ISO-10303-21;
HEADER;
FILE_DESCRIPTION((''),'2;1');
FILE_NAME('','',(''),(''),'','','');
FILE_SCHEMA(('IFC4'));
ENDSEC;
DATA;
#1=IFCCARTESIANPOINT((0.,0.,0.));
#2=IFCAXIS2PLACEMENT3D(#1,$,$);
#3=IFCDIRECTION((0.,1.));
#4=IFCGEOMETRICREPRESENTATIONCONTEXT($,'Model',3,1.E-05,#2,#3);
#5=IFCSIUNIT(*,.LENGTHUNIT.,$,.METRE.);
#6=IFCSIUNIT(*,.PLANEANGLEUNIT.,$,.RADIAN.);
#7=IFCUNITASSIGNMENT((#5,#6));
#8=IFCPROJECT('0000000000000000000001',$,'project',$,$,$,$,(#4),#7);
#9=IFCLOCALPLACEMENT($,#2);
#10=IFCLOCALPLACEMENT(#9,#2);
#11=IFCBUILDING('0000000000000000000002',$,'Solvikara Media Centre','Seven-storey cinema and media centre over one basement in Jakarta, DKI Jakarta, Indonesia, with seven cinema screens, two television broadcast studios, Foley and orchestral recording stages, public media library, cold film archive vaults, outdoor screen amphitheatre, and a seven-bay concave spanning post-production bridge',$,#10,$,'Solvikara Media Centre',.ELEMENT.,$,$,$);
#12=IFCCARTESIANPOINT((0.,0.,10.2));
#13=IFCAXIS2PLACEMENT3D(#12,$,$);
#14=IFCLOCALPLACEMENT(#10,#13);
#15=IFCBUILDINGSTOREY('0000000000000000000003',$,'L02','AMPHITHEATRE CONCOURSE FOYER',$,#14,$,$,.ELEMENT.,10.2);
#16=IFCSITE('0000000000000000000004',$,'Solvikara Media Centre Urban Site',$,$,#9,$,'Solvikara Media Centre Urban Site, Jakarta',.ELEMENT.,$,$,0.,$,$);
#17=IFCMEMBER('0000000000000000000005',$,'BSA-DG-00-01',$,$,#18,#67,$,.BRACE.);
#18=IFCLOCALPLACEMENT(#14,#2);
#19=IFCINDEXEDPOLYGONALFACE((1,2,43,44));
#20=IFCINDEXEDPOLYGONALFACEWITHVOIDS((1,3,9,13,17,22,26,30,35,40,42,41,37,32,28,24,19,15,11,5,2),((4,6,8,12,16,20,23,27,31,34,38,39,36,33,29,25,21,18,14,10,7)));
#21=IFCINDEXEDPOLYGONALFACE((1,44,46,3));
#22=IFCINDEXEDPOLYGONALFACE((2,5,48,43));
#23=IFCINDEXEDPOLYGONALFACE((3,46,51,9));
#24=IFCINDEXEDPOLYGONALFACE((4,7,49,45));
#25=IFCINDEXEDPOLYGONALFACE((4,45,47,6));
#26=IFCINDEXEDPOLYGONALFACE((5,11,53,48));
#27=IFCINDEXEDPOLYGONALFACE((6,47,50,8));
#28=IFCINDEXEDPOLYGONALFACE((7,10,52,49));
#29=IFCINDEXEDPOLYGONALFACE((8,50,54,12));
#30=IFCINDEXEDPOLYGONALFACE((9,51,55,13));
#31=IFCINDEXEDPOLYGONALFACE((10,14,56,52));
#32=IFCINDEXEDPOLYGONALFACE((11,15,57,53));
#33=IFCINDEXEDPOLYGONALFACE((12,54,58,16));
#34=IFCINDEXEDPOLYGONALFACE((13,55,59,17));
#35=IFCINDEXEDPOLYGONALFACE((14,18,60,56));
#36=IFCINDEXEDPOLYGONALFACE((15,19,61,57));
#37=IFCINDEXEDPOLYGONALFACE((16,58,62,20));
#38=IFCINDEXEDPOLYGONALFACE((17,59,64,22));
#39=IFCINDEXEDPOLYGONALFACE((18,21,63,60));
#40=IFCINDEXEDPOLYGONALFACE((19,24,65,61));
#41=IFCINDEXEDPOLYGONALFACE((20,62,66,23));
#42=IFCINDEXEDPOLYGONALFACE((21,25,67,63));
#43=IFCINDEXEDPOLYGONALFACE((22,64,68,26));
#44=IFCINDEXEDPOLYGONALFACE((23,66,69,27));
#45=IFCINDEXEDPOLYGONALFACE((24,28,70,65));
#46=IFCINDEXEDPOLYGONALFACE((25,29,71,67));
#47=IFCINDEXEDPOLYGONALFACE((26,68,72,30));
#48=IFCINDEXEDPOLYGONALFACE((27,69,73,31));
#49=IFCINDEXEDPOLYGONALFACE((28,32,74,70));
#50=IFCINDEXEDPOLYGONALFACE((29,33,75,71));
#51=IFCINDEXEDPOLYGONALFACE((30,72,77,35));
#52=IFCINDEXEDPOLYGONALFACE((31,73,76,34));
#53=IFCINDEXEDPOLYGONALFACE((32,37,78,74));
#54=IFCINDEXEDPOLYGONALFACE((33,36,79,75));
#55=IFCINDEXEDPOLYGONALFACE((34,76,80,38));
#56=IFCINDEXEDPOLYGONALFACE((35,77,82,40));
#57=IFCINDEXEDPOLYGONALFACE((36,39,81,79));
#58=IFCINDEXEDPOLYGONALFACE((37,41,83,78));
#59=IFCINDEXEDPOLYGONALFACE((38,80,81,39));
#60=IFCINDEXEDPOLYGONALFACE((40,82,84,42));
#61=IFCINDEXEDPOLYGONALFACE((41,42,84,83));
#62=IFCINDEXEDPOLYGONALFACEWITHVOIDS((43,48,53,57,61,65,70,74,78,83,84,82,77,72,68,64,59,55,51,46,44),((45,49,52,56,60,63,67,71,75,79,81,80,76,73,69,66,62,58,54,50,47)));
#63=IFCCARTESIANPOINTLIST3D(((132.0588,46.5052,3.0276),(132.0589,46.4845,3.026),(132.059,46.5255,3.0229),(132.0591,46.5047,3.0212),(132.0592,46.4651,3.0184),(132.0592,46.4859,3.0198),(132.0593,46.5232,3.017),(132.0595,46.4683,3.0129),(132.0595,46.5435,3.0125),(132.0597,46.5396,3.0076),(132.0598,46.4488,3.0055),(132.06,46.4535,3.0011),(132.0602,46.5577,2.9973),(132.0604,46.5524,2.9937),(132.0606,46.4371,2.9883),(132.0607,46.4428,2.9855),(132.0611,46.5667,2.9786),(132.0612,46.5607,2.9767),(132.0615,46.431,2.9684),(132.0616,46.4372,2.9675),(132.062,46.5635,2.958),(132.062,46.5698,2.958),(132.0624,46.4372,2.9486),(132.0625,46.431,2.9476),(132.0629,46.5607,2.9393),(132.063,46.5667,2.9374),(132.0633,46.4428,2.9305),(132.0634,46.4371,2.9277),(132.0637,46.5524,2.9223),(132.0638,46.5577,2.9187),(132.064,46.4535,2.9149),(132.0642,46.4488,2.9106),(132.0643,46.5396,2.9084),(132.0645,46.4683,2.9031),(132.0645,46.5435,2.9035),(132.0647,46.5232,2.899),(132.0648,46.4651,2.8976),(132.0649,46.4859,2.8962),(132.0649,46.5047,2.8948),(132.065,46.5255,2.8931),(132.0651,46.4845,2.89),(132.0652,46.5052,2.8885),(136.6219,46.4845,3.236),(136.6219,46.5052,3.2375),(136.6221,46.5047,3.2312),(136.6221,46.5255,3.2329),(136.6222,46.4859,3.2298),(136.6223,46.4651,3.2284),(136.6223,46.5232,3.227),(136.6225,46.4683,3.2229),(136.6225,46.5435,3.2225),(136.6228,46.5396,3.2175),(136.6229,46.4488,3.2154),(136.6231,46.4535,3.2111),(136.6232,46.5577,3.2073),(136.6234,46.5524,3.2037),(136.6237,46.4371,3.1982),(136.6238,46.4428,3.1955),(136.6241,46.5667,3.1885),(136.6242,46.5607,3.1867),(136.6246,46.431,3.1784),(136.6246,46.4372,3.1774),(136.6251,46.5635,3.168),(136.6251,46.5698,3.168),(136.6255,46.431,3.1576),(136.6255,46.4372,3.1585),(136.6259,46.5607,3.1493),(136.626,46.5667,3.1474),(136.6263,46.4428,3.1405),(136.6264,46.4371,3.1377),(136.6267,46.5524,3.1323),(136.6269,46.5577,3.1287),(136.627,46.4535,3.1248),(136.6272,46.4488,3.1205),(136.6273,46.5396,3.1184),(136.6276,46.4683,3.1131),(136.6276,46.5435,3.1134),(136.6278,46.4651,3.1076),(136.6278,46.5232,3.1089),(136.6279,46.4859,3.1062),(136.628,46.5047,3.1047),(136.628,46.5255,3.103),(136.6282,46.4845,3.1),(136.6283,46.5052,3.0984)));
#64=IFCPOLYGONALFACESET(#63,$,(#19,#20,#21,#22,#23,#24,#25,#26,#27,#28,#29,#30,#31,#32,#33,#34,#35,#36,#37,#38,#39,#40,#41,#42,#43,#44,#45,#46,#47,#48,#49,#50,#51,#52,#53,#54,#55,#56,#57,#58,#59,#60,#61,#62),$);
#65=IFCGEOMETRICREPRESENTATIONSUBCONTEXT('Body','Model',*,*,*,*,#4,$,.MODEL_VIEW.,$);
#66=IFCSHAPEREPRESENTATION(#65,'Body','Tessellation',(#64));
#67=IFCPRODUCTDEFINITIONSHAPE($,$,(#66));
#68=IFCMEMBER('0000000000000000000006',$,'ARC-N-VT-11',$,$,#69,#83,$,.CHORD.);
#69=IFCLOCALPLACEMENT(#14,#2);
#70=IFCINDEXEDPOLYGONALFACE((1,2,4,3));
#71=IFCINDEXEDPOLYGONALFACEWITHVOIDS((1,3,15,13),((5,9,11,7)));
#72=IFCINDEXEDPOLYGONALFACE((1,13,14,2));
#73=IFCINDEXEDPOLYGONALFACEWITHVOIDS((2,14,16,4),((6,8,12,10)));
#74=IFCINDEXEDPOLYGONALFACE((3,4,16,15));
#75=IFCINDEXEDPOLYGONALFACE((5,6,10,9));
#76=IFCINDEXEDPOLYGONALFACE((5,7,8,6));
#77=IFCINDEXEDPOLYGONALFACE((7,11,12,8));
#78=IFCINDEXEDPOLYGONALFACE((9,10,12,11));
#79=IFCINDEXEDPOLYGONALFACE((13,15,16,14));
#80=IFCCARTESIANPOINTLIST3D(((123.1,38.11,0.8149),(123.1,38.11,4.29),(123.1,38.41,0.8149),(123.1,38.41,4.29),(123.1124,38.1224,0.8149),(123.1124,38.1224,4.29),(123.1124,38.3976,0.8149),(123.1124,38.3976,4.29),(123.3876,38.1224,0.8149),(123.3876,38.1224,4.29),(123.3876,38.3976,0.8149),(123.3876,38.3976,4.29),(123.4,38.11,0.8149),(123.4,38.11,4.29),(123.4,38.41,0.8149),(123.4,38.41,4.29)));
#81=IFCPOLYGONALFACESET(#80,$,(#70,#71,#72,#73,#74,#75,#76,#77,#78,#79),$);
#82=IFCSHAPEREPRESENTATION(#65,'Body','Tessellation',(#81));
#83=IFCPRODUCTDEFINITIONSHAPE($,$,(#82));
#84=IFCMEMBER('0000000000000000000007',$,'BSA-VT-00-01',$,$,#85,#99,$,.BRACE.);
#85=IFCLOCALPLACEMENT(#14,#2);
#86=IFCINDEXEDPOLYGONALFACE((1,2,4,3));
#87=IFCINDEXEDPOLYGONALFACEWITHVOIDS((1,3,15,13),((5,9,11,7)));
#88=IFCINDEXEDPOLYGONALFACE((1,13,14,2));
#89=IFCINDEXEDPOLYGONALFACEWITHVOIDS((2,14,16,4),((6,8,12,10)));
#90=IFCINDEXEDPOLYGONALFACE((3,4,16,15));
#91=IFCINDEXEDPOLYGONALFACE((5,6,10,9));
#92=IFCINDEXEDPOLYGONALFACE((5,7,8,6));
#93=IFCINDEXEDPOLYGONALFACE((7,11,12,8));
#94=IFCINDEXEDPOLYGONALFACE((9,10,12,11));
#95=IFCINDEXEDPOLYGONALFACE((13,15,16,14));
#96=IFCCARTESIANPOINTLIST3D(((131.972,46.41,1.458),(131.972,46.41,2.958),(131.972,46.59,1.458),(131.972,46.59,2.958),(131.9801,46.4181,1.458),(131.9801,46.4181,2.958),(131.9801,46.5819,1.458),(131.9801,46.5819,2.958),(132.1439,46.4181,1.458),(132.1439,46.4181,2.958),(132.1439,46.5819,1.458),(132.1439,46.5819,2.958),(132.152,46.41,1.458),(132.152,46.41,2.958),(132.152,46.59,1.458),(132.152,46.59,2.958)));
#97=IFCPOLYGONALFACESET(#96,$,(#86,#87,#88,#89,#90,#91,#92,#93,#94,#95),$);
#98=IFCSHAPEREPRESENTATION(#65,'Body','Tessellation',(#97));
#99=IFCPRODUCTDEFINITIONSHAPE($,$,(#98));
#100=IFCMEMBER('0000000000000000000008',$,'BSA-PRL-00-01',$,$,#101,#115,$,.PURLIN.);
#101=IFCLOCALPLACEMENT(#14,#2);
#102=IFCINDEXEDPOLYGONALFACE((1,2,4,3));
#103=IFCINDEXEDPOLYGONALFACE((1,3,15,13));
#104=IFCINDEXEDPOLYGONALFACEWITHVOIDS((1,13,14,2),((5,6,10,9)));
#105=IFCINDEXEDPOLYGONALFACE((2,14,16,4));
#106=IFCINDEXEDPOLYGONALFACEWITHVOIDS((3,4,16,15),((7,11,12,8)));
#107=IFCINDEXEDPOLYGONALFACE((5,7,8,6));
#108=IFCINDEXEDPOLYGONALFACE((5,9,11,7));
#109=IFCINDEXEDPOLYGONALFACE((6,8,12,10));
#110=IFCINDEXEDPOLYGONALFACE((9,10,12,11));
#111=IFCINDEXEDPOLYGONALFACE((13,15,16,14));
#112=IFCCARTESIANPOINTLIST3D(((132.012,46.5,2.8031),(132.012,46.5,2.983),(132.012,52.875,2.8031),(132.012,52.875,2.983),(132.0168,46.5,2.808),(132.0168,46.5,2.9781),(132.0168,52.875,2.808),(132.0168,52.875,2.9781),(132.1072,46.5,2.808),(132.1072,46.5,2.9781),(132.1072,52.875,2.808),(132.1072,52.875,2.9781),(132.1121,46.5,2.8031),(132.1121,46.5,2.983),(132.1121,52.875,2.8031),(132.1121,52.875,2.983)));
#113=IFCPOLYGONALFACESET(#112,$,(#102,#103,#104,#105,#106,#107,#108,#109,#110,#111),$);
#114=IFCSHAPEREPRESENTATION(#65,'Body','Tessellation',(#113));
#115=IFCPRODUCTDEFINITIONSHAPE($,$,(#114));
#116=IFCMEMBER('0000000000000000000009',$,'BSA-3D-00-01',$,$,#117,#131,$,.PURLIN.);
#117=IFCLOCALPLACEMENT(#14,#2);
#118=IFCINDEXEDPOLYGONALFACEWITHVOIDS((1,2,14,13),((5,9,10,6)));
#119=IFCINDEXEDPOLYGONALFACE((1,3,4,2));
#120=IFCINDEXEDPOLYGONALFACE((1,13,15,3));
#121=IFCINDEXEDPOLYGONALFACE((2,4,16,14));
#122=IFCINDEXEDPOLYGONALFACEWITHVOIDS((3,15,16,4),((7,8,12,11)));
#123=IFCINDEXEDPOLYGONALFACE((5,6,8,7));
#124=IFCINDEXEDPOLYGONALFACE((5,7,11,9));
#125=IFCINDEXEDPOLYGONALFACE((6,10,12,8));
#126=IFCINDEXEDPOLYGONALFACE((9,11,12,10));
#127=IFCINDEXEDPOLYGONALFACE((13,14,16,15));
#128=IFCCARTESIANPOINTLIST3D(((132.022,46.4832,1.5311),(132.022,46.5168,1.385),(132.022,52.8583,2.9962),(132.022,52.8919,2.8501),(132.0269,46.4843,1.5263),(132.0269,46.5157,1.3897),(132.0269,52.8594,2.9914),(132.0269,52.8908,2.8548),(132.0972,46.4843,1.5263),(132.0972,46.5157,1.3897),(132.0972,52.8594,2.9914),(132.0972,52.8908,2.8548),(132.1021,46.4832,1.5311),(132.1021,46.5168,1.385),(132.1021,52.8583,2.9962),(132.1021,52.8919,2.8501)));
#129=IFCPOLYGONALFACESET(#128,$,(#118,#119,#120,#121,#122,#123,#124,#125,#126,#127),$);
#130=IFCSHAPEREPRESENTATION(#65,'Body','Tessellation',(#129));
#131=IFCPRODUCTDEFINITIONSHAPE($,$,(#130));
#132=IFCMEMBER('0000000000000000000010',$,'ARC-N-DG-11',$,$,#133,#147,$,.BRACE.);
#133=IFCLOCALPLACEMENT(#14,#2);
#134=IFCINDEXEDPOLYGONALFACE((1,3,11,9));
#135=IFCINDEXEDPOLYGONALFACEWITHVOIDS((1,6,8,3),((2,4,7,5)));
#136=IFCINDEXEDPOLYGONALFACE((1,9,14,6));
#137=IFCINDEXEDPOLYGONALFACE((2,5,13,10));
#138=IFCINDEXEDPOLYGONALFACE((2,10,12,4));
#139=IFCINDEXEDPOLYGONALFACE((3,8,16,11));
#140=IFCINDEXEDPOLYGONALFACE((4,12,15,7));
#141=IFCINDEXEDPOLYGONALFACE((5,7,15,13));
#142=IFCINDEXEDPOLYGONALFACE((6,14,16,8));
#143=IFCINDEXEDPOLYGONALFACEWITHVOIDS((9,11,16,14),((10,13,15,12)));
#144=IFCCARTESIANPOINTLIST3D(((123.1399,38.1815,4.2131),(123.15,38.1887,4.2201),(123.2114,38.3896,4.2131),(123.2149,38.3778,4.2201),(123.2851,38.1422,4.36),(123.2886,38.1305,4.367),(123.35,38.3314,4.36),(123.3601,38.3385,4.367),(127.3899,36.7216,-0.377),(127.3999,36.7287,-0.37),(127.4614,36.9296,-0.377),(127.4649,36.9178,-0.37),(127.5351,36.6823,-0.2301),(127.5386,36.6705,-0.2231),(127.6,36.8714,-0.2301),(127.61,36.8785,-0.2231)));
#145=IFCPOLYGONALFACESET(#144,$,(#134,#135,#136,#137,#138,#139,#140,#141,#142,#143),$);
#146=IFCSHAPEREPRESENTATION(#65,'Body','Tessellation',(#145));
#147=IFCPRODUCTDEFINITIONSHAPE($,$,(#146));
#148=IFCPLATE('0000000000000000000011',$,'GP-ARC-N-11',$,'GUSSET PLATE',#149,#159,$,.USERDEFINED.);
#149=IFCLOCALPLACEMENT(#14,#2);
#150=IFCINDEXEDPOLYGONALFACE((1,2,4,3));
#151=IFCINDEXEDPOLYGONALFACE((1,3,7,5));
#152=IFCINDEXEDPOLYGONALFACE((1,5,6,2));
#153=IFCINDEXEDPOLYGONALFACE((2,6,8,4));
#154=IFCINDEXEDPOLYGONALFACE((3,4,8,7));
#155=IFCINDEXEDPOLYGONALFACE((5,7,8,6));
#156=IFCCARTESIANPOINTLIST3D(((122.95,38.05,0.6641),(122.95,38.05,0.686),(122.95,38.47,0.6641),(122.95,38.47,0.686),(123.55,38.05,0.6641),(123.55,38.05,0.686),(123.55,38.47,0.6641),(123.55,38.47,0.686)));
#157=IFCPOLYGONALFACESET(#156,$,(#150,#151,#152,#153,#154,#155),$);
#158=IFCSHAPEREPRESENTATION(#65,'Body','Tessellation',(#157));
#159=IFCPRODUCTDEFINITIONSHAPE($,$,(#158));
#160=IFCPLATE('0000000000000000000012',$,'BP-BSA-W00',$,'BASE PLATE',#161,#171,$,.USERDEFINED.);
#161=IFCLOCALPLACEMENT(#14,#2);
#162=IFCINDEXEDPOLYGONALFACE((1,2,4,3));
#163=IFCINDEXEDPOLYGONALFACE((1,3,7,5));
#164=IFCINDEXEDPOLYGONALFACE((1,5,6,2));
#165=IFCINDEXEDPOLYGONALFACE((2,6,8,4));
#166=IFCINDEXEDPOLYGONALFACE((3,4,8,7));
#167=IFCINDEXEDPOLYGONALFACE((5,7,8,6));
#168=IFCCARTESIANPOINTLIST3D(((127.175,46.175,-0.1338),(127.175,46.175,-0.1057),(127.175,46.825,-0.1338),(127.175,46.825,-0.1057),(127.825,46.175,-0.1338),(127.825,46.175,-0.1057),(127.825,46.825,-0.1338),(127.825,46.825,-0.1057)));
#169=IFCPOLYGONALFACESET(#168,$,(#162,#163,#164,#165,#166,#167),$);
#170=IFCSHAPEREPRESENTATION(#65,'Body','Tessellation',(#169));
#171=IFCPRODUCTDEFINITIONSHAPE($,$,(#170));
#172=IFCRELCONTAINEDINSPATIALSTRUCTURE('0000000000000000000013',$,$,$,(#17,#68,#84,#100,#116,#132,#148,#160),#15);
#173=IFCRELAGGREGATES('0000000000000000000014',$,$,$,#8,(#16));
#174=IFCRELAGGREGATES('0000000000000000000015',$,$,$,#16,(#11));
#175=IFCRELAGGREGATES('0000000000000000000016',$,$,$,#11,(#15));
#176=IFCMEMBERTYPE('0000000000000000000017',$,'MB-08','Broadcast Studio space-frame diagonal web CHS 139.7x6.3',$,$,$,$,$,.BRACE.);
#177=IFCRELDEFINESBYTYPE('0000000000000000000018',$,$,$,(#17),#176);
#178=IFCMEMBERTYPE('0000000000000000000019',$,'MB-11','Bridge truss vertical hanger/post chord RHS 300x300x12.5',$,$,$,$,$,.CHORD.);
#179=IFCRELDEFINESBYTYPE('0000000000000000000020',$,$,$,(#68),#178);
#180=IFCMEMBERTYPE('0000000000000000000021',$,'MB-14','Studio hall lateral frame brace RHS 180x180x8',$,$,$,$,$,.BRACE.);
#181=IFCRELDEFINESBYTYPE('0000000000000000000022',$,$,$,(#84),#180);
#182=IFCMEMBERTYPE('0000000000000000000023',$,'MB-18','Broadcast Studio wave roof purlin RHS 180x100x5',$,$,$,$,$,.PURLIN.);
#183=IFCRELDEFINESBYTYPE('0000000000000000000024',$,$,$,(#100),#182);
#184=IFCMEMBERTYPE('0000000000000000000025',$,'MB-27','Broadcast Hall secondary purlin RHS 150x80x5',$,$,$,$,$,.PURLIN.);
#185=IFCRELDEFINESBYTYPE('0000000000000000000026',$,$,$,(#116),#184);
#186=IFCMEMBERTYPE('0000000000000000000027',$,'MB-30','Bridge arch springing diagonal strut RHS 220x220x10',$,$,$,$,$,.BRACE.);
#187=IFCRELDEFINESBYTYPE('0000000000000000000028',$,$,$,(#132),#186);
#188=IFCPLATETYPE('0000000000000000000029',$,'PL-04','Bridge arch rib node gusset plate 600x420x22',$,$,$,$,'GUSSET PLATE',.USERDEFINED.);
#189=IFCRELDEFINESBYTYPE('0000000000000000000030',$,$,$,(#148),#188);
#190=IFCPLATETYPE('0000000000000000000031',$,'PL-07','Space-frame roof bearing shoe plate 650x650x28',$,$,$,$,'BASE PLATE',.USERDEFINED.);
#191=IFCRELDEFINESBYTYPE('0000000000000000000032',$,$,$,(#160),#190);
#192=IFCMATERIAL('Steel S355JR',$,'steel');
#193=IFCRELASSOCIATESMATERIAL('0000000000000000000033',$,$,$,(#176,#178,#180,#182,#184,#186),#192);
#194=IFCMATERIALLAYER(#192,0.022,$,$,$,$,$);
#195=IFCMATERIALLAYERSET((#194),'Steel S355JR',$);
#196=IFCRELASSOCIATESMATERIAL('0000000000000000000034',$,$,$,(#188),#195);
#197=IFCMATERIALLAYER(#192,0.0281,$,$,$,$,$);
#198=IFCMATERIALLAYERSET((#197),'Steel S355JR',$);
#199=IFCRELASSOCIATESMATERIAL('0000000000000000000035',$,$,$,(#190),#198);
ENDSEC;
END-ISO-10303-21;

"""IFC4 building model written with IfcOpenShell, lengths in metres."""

from ifc_helpers import new_model, si_unit, direction, frame, origin, origin_2d, place, context, subcontext, project, spatial, rectangle, hollow_rectangle, hollow_circle, extrude, material, layer, layer_set, material_profile, profile_set, type_object, element, save


model = new_model("IFC4")

# Units and contexts
model_context = context("Model", 3, precision=1e-05, world=origin(), true_north=direction((0.0, 1.0)))
body_context = subcontext(model_context, "Body", "Model", "MODEL_VIEW")
ifc_project = project(units=[si_unit("LENGTHUNIT", "METRE"), si_unit("PLANEANGLEUNIT", "RADIAN")], contexts=[model_context])

# Site, building, storey
site_placement = place(None, origin())
site = spatial("IfcSite", under=ifc_project, at=site_placement, Name="Solvikara Media Centre Urban Site", LongName="Solvikara Media Centre Urban Site, Jakarta", CompositionType="ELEMENT", RefElevation=0.0)
building_placement = place(site_placement, origin())
building = spatial("IfcBuilding", under=site, at=building_placement, Name="Solvikara Media Centre", Description="Seven-storey cinema and media centre over one basement in Jakarta, DKI Jakarta, Indonesia, with seven cinema screens, two television broadcast studios, Foley and orchestral recording stages, public media library, cold film archive vaults, outdoor screen amphitheatre, and a seven-bay concave spanning post-production bridge", LongName="Solvikara Media Centre", CompositionType="ELEMENT")
storey_placement = place(building_placement, frame((0.0, 0.0, 10.2)))
storey = spatial("IfcBuildingStorey", under=building, at=storey_placement, Name="L02", Description="AMPHITHEATRE CONCOURSE FOYER", CompositionType="ELEMENT", Elevation=10.2)

# Shared definitions
ifc_material_1 = material(Name="Steel S355JR", Category="steel")

# Members
ifc_material_profile_1 = material_profile(ifc_material_1, hollow_circle(Radius=0.0698, WallThickness=0.0063, at=origin_2d()), Name="CHS 139.7x6.3")
ifc_profile_set_1 = profile_set([ifc_material_profile_1], Name="Steel S355JR")
member_type_1 = type_object("IfcMemberType", Name="MB-08", Description="Broadcast Studio space-frame diagonal web CHS 139.7x6.3", PredefinedType="BRACE", material=ifc_profile_set_1)
member_1_placement = place(storey_placement, frame((132.062, 46.5, 2.958), z_axis=(0.998943, 0.0, 0.045965), x_axis=(0.0, 1.0, 0.0)))
element("IfcMember", 1, at=member_1_placement, inside=storey, type_object=member_type_1, Name="BSA-DG-00-01", PredefinedType="BRACE", context=body_context, shape_type="SweptSolid", body=[
    extrude(hollow_circle(Radius=0.0698, WallThickness=0.0063, at=origin_2d()), origin(), (0.0, 0.0, 1.0), 4.5679),
])
ifc_material_profile_2 = material_profile(ifc_material_1, hollow_rectangle(XDim=0.3, YDim=0.3, WallThickness=0.0125, at=origin_2d()), Name="RHS 300x300x12.5")
ifc_profile_set_2 = profile_set([ifc_material_profile_2], Name="Steel S355JR")
member_type_2 = type_object("IfcMemberType", Name="MB-11", Description="Bridge truss vertical hanger/post chord RHS 300x300x12.5", PredefinedType="CHORD", material=ifc_profile_set_2)
member_2_placement = place(storey_placement, frame((123.25, 38.26, 0.8149), z_axis=(0.0, 0.0, 1.0), x_axis=(1.0, 0.0, 0.0)))
element("IfcMember", 2, at=member_2_placement, inside=storey, type_object=member_type_2, Name="ARC-N-VT-11", PredefinedType="CHORD", context=body_context, shape_type="SweptSolid", body=[
    extrude(hollow_rectangle(XDim=0.3, YDim=0.3, WallThickness=0.0125, at=origin_2d()), origin(), (0.0, 0.0, 1.0), 3.4751),
])
ifc_material_profile_3 = material_profile(ifc_material_1, hollow_rectangle(XDim=0.1799, YDim=0.1799, WallThickness=0.0081, at=origin_2d()), Name="RHS 180x180x8")
ifc_profile_set_3 = profile_set([ifc_material_profile_3], Name="Steel S355JR")
member_type_3 = type_object("IfcMemberType", Name="MB-14", Description="Studio hall lateral frame brace RHS 180x180x8", PredefinedType="BRACE", material=ifc_profile_set_3)
member_3_placement = place(storey_placement, frame((132.062, 46.5, 1.458), z_axis=(0.0, 0.0, 1.0), x_axis=(1.0, 0.0, 0.0)))
element("IfcMember", 3, at=member_3_placement, inside=storey, type_object=member_type_3, Name="BSA-VT-00-01", PredefinedType="BRACE", context=body_context, shape_type="SweptSolid", body=[
    extrude(hollow_rectangle(XDim=0.1799, YDim=0.1799, WallThickness=0.0081, at=origin_2d()), origin(), (0.0, 0.0, 1.0), 1.5),
])
ifc_material_profile_4 = material_profile(ifc_material_1, hollow_rectangle(XDim=0.1001, YDim=0.1799, WallThickness=0.0049, at=origin_2d()), Name="RHS 180x100x5")
ifc_profile_set_4 = profile_set([ifc_material_profile_4], Name="Steel S355JR")
member_type_4 = type_object("IfcMemberType", Name="MB-18", Description="Broadcast Studio wave roof purlin RHS 180x100x5", PredefinedType="PURLIN", material=ifc_profile_set_4)
member_4_placement = place(storey_placement, frame((132.062, 46.5, 2.8931), z_axis=(0.0, 1.0, 0.0), x_axis=(-1.0, 0.0, 0.0)))
element("IfcMember", 4, at=member_4_placement, inside=storey, type_object=member_type_4, Name="BSA-PRL-00-01", PredefinedType="PURLIN", context=body_context, shape_type="SweptSolid", body=[
    extrude(hollow_rectangle(XDim=0.1001, YDim=0.1799, WallThickness=0.0049, at=origin_2d()), origin(), (0.0, 0.0, 1.0), 6.375),
])
ifc_material_profile_5 = material_profile(ifc_material_1, hollow_rectangle(XDim=0.0801, YDim=0.1499, WallThickness=0.0049, at=origin_2d()), Name="RHS 150x80x5")
ifc_profile_set_5 = profile_set([ifc_material_profile_5], Name="Steel S355JR")
member_type_5 = type_object("IfcMemberType", Name="MB-27", Description="Broadcast Hall secondary purlin RHS 150x80x5", PredefinedType="PURLIN", material=ifc_profile_set_5)
member_5_placement = place(storey_placement, frame((132.062, 46.5, 1.458), z_axis=(0.0, 0.974594, 0.223979), x_axis=(-1.0, 0.0, 0.0)))
element("IfcMember", 5, at=member_5_placement, inside=storey, type_object=member_type_5, Name="BSA-3D-00-01", PredefinedType="PURLIN", context=body_context, shape_type="SweptSolid", body=[
    extrude(hollow_rectangle(XDim=0.0801, YDim=0.1499, WallThickness=0.0049, at=origin_2d()), origin(), (0.0, 0.0, 1.0), 6.5413),
])
ifc_material_profile_6 = material_profile(ifc_material_1, hollow_rectangle(XDim=0.22, YDim=0.22, WallThickness=0.01, at=origin_2d()), Name="RHS 220x220x10")
ifc_profile_set_6 = profile_set([ifc_material_profile_6], Name="Steel S355JR")
member_type_6 = type_object("IfcMemberType", Name="MB-30", Description="Bridge arch springing diagonal strut RHS 220x220x10", PredefinedType="BRACE", material=ifc_profile_set_6)
member_6_placement = place(storey_placement, frame((123.25, 38.26, 4.29), z_axis=(0.661621, -0.22728, -0.714564), x_axis=(0.324885, 0.945753, 0.0)))
element("IfcMember", 6, at=member_6_placement, inside=storey, type_object=member_type_6, Name="ARC-N-DG-11", PredefinedType="BRACE", context=body_context, shape_type="SweptSolid", body=[
    extrude(hollow_rectangle(XDim=0.22, YDim=0.22, WallThickness=0.01, at=origin_2d()), origin(), (0.0, 0.0, 1.0), 6.4236),
])

# Plates
ifc_layer_1 = layer(ifc_material_1, 0.022)
ifc_layer_set_1 = layer_set([ifc_layer_1], Name="Steel S355JR")
plate_type_1 = type_object("IfcPlateType", Name="PL-04", Description="Bridge arch rib node gusset plate 600x420x22", ElementType="GUSSET PLATE", PredefinedType="USERDEFINED", material=ifc_layer_set_1)
plate_1_placement = place(storey_placement, frame((123.25, 38.26, 0.6641), z_axis=(0.0, 0.0, 1.0), x_axis=(1.0, 0.0, 0.0)))
element("IfcPlate", 7, at=plate_1_placement, inside=storey, type_object=plate_type_1, Name="GP-ARC-N-11", ObjectType="GUSSET PLATE", PredefinedType="USERDEFINED", context=body_context, shape_type="SweptSolid", body=[
    extrude(rectangle(XDim=0.6001, YDim=0.4199, at=origin_2d()), origin(), (0.0, 0.0, 1.0), 0.022),
])
ifc_layer_2 = layer(ifc_material_1, 0.0281)
ifc_layer_set_2 = layer_set([ifc_layer_2], Name="Steel S355JR")
plate_type_2 = type_object("IfcPlateType", Name="PL-07", Description="Space-frame roof bearing shoe plate 650x650x28", ElementType="BASE PLATE", PredefinedType="USERDEFINED", material=ifc_layer_set_2)
plate_2_placement = place(storey_placement, frame((127.5, 46.5, -0.1338), z_axis=(0.0, 0.0, 1.0), x_axis=(1.0, 0.0, 0.0)))
element("IfcPlate", 8, at=plate_2_placement, inside=storey, type_object=plate_type_2, Name="BP-BSA-W00", ObjectType="BASE PLATE", PredefinedType="USERDEFINED", context=body_context, shape_type="SweptSolid", body=[
    extrude(rectangle(XDim=0.6499, YDim=0.6499, at=origin_2d()), origin(), (0.0, 0.0, 1.0), 0.0281),
])

save(model, "model.ifc")
